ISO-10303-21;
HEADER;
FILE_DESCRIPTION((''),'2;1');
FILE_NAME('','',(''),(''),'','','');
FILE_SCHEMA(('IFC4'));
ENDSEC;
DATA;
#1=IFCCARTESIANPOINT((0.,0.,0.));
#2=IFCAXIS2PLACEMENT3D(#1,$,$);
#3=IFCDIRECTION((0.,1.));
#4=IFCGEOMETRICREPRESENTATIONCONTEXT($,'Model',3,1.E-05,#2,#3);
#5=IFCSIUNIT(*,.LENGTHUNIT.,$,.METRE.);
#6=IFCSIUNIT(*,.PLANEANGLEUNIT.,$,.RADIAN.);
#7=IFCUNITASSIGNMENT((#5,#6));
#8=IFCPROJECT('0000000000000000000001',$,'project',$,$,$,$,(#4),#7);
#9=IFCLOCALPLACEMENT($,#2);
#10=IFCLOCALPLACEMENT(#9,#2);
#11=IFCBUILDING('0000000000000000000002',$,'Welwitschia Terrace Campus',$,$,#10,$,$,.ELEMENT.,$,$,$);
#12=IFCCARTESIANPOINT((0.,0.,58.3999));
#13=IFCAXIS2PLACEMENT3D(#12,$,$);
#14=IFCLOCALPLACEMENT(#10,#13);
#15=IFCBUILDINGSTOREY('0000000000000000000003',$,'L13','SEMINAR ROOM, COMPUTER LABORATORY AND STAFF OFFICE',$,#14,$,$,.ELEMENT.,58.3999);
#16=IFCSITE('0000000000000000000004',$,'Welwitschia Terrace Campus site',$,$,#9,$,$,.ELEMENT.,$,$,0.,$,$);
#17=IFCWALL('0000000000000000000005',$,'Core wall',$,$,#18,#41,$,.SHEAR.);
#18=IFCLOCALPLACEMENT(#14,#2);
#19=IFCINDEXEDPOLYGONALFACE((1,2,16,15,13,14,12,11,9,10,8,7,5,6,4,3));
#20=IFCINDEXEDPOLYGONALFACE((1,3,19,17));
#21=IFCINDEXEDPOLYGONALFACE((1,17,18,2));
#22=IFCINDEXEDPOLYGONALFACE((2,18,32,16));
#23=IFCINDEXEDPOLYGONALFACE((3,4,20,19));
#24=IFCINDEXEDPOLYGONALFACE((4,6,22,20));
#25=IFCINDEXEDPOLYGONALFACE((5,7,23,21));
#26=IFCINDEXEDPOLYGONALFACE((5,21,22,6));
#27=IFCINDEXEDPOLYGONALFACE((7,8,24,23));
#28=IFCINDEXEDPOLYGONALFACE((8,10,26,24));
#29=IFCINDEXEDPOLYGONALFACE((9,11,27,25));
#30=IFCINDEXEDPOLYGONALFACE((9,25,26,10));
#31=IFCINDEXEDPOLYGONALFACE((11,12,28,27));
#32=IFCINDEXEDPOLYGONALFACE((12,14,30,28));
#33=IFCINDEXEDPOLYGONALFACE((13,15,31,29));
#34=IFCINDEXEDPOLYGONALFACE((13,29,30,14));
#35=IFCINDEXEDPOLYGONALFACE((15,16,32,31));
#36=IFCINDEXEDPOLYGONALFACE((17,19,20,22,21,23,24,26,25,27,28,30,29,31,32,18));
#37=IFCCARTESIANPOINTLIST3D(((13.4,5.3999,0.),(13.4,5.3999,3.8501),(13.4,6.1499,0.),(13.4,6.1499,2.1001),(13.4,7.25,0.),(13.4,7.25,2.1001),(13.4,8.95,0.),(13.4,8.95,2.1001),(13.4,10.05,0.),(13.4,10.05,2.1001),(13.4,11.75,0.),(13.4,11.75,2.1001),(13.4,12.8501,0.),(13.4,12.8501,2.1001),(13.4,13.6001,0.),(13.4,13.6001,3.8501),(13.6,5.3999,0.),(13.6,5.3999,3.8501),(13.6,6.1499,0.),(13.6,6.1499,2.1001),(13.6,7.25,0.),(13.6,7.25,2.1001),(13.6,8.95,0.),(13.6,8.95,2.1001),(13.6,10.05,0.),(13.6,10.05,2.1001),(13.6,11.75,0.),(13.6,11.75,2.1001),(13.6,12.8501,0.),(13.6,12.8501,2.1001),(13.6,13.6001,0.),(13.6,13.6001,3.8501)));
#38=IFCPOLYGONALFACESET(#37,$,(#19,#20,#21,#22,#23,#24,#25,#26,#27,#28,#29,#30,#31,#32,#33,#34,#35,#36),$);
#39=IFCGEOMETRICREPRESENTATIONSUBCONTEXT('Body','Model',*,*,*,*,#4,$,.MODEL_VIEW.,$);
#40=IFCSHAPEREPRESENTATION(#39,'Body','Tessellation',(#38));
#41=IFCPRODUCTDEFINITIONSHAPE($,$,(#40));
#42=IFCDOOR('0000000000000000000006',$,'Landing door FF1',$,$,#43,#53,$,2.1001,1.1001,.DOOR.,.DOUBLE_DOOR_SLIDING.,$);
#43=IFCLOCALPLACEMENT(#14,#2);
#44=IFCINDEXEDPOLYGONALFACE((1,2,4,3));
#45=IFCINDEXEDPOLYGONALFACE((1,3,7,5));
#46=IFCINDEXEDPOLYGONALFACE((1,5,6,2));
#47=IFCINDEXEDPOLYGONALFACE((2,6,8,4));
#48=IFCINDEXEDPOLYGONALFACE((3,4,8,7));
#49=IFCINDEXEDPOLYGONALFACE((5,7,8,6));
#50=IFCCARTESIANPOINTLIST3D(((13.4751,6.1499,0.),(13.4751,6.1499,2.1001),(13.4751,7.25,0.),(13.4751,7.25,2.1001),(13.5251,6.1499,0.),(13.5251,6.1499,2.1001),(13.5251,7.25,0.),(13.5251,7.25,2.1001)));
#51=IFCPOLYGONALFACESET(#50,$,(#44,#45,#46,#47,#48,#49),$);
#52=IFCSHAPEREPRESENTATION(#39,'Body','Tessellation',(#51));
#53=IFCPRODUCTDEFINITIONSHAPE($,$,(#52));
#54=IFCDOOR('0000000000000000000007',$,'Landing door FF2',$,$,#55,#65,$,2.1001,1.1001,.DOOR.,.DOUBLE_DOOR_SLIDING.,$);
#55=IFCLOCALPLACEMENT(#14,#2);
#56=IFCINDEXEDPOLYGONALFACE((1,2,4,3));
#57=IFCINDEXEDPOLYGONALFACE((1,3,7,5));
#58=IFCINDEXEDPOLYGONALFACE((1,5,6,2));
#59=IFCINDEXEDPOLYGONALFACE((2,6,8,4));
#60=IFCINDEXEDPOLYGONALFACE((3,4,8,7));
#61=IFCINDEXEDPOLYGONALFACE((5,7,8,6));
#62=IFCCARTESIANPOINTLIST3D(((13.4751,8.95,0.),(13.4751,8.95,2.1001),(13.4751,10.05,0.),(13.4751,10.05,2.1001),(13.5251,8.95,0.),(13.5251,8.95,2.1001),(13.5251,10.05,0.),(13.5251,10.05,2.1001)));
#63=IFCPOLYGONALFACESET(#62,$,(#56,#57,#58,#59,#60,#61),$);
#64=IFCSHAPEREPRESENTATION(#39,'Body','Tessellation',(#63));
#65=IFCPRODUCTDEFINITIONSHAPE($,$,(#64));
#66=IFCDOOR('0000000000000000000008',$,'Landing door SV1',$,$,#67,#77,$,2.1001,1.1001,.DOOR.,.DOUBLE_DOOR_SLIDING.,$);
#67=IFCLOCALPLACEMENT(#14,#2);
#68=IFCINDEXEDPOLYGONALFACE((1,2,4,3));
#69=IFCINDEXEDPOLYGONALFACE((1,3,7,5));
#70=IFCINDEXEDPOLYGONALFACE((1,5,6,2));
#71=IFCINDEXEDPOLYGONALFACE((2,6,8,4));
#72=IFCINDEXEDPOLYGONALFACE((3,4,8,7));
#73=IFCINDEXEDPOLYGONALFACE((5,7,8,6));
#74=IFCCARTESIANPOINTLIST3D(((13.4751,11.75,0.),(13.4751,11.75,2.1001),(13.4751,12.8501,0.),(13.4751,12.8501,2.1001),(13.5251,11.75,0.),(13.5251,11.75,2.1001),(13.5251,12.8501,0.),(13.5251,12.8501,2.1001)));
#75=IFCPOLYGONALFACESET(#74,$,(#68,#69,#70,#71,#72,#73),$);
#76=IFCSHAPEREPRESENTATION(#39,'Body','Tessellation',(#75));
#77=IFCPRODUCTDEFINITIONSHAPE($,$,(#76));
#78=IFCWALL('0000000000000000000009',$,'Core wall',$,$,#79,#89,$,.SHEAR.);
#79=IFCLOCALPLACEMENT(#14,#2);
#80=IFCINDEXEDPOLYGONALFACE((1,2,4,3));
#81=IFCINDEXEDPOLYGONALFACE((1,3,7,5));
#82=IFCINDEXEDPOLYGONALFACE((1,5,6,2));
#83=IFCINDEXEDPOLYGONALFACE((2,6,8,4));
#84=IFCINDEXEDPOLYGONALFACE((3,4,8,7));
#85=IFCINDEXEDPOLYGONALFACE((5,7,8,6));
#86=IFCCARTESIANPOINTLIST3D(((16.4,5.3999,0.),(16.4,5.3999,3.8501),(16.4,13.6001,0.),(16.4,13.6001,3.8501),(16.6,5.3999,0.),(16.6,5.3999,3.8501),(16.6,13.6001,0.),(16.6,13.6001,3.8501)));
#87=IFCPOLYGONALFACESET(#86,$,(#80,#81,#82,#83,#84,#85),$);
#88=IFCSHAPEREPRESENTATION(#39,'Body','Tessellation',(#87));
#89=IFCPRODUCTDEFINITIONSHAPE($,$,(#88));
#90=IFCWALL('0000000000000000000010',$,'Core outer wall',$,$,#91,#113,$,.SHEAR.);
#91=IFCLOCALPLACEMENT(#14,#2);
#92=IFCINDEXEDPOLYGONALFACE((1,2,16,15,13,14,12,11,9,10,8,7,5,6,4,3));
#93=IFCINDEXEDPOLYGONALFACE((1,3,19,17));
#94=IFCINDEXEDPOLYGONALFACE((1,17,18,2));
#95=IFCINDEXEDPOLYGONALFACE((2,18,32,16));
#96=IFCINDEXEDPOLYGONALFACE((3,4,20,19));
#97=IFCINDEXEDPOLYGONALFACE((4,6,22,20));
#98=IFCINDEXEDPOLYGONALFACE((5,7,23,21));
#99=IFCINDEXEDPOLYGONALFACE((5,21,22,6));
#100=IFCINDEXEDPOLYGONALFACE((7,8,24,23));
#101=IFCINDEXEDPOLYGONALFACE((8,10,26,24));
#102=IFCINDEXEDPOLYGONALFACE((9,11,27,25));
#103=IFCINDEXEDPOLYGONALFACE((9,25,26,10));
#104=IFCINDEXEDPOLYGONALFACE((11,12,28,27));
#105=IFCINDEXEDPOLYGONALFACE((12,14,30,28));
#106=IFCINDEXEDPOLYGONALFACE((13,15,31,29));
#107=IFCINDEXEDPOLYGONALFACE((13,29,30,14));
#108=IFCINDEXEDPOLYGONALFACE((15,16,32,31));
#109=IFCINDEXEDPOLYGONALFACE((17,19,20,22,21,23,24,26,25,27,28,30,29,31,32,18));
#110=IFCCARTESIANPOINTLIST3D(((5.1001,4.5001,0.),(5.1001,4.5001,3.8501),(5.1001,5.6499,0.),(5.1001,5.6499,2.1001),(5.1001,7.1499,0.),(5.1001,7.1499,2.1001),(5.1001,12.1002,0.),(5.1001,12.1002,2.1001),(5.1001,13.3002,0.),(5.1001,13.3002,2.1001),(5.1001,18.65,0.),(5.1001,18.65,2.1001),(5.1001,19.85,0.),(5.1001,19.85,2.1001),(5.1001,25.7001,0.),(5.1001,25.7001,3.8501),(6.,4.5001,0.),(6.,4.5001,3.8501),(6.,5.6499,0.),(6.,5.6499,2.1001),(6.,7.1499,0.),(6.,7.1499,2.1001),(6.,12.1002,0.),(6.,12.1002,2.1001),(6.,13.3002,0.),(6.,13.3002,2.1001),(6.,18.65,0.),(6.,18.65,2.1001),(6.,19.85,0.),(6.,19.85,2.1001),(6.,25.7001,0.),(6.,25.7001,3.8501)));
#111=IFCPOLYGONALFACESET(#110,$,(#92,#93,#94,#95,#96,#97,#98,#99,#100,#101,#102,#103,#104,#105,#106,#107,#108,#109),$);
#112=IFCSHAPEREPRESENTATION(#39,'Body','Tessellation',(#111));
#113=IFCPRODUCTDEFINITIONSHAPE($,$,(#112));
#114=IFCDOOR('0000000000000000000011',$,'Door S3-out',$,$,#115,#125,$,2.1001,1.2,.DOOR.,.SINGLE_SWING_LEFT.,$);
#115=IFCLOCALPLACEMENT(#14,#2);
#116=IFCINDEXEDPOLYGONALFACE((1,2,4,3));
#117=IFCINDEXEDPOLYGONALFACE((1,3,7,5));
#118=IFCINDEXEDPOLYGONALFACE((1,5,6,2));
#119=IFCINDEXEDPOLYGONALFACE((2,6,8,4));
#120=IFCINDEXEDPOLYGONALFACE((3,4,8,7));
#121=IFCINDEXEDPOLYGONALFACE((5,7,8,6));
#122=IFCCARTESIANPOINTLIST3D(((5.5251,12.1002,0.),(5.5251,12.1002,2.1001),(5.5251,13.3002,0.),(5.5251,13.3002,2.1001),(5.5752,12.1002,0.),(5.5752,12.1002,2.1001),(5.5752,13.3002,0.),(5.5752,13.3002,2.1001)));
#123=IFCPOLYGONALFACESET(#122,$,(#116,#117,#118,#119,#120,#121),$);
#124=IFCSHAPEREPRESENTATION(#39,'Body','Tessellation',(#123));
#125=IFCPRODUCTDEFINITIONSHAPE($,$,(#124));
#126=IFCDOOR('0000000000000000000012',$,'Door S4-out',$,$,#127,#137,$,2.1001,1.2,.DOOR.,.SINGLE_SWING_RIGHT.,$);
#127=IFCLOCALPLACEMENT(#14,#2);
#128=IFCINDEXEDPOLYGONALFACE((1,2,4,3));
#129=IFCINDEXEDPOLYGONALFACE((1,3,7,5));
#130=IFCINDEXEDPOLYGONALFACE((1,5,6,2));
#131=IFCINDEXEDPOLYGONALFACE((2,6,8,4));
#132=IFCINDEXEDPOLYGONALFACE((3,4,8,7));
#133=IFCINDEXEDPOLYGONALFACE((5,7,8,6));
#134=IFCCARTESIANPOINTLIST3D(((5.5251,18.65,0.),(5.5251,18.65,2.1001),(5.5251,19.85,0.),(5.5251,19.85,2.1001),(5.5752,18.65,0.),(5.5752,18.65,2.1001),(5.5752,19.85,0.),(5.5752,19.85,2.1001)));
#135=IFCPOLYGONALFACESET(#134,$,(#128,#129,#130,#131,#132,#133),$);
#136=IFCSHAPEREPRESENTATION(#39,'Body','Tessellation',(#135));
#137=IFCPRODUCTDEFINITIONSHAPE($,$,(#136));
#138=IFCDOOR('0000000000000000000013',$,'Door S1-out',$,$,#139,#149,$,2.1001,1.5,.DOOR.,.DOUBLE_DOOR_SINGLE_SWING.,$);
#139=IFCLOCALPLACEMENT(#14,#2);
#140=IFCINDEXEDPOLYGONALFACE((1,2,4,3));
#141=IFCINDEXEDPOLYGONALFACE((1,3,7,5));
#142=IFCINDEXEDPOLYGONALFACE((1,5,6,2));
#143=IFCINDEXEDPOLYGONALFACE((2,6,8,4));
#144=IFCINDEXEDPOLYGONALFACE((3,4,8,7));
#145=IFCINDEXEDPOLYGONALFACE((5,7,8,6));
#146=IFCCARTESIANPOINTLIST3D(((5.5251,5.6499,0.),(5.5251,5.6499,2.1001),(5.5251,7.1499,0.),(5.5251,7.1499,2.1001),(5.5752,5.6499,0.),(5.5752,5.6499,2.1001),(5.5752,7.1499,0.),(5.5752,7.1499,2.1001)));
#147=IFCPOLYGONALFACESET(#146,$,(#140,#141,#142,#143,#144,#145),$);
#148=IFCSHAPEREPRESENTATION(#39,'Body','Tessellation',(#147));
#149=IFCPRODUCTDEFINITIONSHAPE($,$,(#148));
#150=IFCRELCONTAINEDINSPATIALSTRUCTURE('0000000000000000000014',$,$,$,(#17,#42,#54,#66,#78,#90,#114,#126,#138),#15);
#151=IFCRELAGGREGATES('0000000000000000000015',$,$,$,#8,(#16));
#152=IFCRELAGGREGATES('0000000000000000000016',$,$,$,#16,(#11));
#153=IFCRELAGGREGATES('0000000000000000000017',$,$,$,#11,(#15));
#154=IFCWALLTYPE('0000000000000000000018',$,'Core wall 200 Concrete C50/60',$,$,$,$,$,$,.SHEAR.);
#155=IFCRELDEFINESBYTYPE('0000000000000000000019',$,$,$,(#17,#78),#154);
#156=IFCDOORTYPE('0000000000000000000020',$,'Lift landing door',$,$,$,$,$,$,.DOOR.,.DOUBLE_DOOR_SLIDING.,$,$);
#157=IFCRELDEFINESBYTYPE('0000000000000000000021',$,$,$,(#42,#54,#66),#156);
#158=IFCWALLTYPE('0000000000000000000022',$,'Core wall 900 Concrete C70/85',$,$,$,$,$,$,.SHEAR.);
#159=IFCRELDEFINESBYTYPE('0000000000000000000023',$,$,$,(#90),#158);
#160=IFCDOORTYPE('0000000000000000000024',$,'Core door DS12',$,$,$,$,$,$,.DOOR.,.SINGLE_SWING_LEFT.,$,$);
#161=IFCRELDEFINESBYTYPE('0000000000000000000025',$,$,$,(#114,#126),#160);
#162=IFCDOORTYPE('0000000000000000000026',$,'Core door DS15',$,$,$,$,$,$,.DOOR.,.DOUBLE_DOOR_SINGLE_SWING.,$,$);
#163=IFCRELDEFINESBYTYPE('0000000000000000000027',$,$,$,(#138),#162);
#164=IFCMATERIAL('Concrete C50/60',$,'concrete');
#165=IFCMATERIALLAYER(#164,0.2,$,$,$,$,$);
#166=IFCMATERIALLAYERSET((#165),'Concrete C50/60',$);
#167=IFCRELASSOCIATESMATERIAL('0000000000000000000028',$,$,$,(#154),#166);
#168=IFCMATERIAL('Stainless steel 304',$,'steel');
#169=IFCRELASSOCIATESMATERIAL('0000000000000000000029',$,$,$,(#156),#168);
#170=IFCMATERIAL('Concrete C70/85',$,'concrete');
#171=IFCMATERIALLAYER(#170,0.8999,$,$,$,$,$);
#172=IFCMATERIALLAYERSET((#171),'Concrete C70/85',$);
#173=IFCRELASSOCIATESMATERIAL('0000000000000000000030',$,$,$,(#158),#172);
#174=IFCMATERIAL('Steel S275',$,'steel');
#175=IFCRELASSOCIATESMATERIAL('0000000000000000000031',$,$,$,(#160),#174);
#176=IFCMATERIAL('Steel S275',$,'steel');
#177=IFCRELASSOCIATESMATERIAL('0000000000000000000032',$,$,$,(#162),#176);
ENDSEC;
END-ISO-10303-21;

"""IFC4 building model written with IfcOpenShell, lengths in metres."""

from ifc_helpers import new_model, si_unit, direction, frame, frame_2d, origin, place, context, subcontext, project, spatial, rectangle, extrude, material, layer, layer_set, type_object, element, fill, save


model = new_model("IFC4")

# Units and contexts
model_context = context("Model", 3, precision=1e-05, world=origin(), true_north=direction((0.0, 1.0)))
body_context = subcontext(model_context, "Body", "Model", "MODEL_VIEW")
ifc_project = project(units=[si_unit("LENGTHUNIT", "METRE"), si_unit("PLANEANGLEUNIT", "RADIAN")], contexts=[model_context])

# Site, building, storey
site_placement = place(None, origin())
site = spatial("IfcSite", under=ifc_project, at=site_placement, Name="Welwitschia Terrace Campus site", CompositionType="ELEMENT", RefElevation=0.0)
building_placement = place(site_placement, origin())
building = spatial("IfcBuilding", under=site, at=building_placement, Name="Welwitschia Terrace Campus", CompositionType="ELEMENT")
storey_placement = place(building_placement, frame((0.0, 0.0, 58.3999)))
storey = spatial("IfcBuildingStorey", under=building, at=storey_placement, Name="L13", Description="SEMINAR ROOM, COMPUTER LABORATORY AND STAFF OFFICE", CompositionType="ELEMENT", Elevation=58.3999)

# Wall, openings, doors
ifc_material_1 = material(Name="Concrete C50/60", Category="concrete")
ifc_layer_1 = layer(ifc_material_1, 0.2)
ifc_layer_set_1 = layer_set([ifc_layer_1], Name="Concrete C50/60")
wall_type_1 = type_object("IfcWallType", Name="Core wall 200 Concrete C50/60", PredefinedType="SHEAR", material=ifc_layer_set_1)
wall_1_placement = place(storey_placement, frame((13.5, 5.3999, 0.0), z_axis=(0.0, 0.0, 1.0), x_axis=(0.0, 1.0, 0.0)))
wall_1 = element("IfcWall", 1, at=wall_1_placement, inside=storey, type_object=wall_type_1, Name="Core wall", PredefinedType="SHEAR", context=body_context, shape_type="SweptSolid", body=[
    extrude(rectangle(XDim=8.2002, YDim=0.2, at=frame_2d((4.1001, 0.0))), origin(), (0.0, 0.0, 1.0), 3.8501),
])
opening_1_placement = place(wall_1_placement, frame((0.75, 0.0, 0.0)))
opening_1 = element("IfcOpeningElement", 2, at=opening_1_placement, cuts=wall_1, PredefinedType="OPENING", context=body_context, shape_type="SweptSolid", body=[
    extrude(rectangle(XDim=1.1001, YDim=2.1001, at=frame_2d((0.55, 1.05))), frame((0.0, 0.1099, 0.0), z_axis=(0.0, -1.0, 0.0), x_axis=(1.0, 0.0, 0.0)), (0.0, 0.0, 1.0), 0.22),
])
opening_2_placement = place(wall_1_placement, frame((3.55, 0.0, 0.0)))
opening_2 = element("IfcOpeningElement", 3, at=opening_2_placement, cuts=wall_1, PredefinedType="OPENING", context=body_context, shape_type="SweptSolid", body=[
    extrude(rectangle(XDim=1.1001, YDim=2.1001, at=frame_2d((0.55, 1.05))), frame((0.0, 0.1099, 0.0), z_axis=(0.0, -1.0, 0.0), x_axis=(1.0, 0.0, 0.0)), (0.0, 0.0, 1.0), 0.22),
])
opening_3_placement = place(wall_1_placement, frame((6.3501, 0.0, 0.0)))
opening_3 = element("IfcOpeningElement", 4, at=opening_3_placement, cuts=wall_1, PredefinedType="OPENING", context=body_context, shape_type="SweptSolid", body=[
    extrude(rectangle(XDim=1.1001, YDim=2.1001, at=frame_2d((0.55, 1.05))), frame((0.0, 0.1099, 0.0), z_axis=(0.0, -1.0, 0.0), x_axis=(1.0, 0.0, 0.0)), (0.0, 0.0, 1.0), 0.22),
])
ifc_material_2 = material(Name="Stainless steel 304", Category="steel")
door_type_1 = type_object("IfcDoorType", Name="Lift landing door", OperationType="DOUBLE_DOOR_SLIDING", PredefinedType="DOOR", material=ifc_material_2)
door_1_placement = place(opening_1_placement, origin())
door_1 = element("IfcDoor", 5, at=door_1_placement, inside=storey, type_object=door_type_1, Name="Landing door FF1", OperationType="DOUBLE_DOOR_SLIDING", OverallHeight=2.1001, OverallWidth=1.1001, PredefinedType="DOOR", context=body_context, shape_type="SweptSolid", body=[
    extrude(rectangle(XDim=1.1001, YDim=2.1001, at=frame_2d((0.55, 1.05))), frame((0.0, 0.0249, 0.0), z_axis=(0.0, -1.0, 0.0), x_axis=(1.0, 0.0, 0.0)), (0.0, 0.0, 1.0), 0.05),
])
fill(opening_1, door_1)
door_2_placement = place(opening_2_placement, origin())
door_2 = element("IfcDoor", 6, at=door_2_placement, inside=storey, type_object=door_type_1, Name="Landing door FF2", OperationType="DOUBLE_DOOR_SLIDING", OverallHeight=2.1001, OverallWidth=1.1001, PredefinedType="DOOR", context=body_context, shape_type="SweptSolid", body=[
    extrude(rectangle(XDim=1.1001, YDim=2.1001, at=frame_2d((0.55, 1.05))), frame((0.0, 0.0249, 0.0), z_axis=(0.0, -1.0, 0.0), x_axis=(1.0, 0.0, 0.0)), (0.0, 0.0, 1.0), 0.05),
])
fill(opening_2, door_2)
door_3_placement = place(opening_3_placement, origin())
door_3 = element("IfcDoor", 7, at=door_3_placement, inside=storey, type_object=door_type_1, Name="Landing door SV1", OperationType="DOUBLE_DOOR_SLIDING", OverallHeight=2.1001, OverallWidth=1.1001, PredefinedType="DOOR", context=body_context, shape_type="SweptSolid", body=[
    extrude(rectangle(XDim=1.1001, YDim=2.1001, at=frame_2d((0.55, 1.05))), frame((0.0, 0.0249, 0.0), z_axis=(0.0, -1.0, 0.0), x_axis=(1.0, 0.0, 0.0)), (0.0, 0.0, 1.0), 0.05),
])
fill(opening_3, door_3)

# Wall
wall_2_placement = place(storey_placement, frame((16.5, 5.3999, 0.0), z_axis=(0.0, 0.0, 1.0), x_axis=(0.0, 1.0, 0.0)))
element("IfcWall", 8, at=wall_2_placement, inside=storey, type_object=wall_type_1, Name="Core wall", PredefinedType="SHEAR", context=body_context, shape_type="SweptSolid", body=[
    extrude(rectangle(XDim=8.2002, YDim=0.2, at=frame_2d((4.1001, 0.0))), origin(), (0.0, 0.0, 1.0), 3.8501),
])

# Wall, openings, doors
ifc_material_3 = material(Name="Concrete C70/85", Category="concrete")
ifc_layer_2 = layer(ifc_material_3, 0.8999)
ifc_layer_set_2 = layer_set([ifc_layer_2], Name="Concrete C70/85")
wall_type_2 = type_object("IfcWallType", Name="Core wall 900 Concrete C70/85", PredefinedType="SHEAR", material=ifc_layer_set_2)
wall_3_placement = place(storey_placement, frame((5.55, 4.5, 0.0), z_axis=(0.0, 0.0, 1.0), x_axis=(0.0, 1.0, 0.0)))
wall_3 = element("IfcWall", 9, at=wall_3_placement, inside=storey, type_object=wall_type_2, Name="Core outer wall", PredefinedType="SHEAR", context=body_context, shape_type="SweptSolid", body=[
    extrude(rectangle(XDim=21.2, YDim=0.8999, at=frame_2d((10.6001, 0.0))), origin(), (0.0, 0.0, 1.0), 3.8501),
])
opening_4_placement = place(wall_3_placement, frame((1.1499, 0.0, 0.0)))
opening_4 = element("IfcOpeningElement", 10, at=opening_4_placement, cuts=wall_3, PredefinedType="OPENING", context=body_context, shape_type="SweptSolid", body=[
    extrude(rectangle(XDim=1.5, YDim=2.1001, at=frame_2d((0.75, 1.05))), frame((0.0, 0.46, 0.0), z_axis=(0.0, -1.0, 0.0), x_axis=(1.0, 0.0, 0.0)), (0.0, 0.0, 1.0), 0.9199),
])
opening_5_placement = place(wall_3_placement, frame((7.6001, 0.0, 0.0)))
opening_5 = element("IfcOpeningElement", 11, at=opening_5_placement, cuts=wall_3, PredefinedType="OPENING", context=body_context, shape_type="SweptSolid", body=[
    extrude(rectangle(XDim=1.2, YDim=2.1001, at=frame_2d((0.6001, 1.05))), frame((0.0, 0.46, 0.0), z_axis=(0.0, -1.0, 0.0), x_axis=(1.0, 0.0, 0.0)), (0.0, 0.0, 1.0), 0.9199),
])
opening_6_placement = place(wall_3_placement, frame((14.1499, 0.0, 0.0)))
opening_6 = element("IfcOpeningElement", 12, at=opening_6_placement, cuts=wall_3, PredefinedType="OPENING", context=body_context, shape_type="SweptSolid", body=[
    extrude(rectangle(XDim=1.2, YDim=2.1001, at=frame_2d((0.6001, 1.05))), frame((0.0, 0.46, 0.0), z_axis=(0.0, -1.0, 0.0), x_axis=(1.0, 0.0, 0.0)), (0.0, 0.0, 1.0), 0.9199),
])
ifc_material_4 = material(Name="Steel S275", Category="steel")
door_type_2 = type_object("IfcDoorType", Name="Core door DS12", OperationType="SINGLE_SWING_LEFT", PredefinedType="DOOR", material=ifc_material_4)
door_4_placement = place(opening_5_placement, origin())
door_4 = element("IfcDoor", 13, at=door_4_placement, inside=storey, type_object=door_type_2, Name="Door S3-out", OperationType="SINGLE_SWING_LEFT", OverallHeight=2.1001, OverallWidth=1.2, PredefinedType="DOOR", context=body_context, shape_type="SweptSolid", body=[
    extrude(rectangle(XDim=1.2, YDim=2.1001, at=frame_2d((0.6001, 1.05))), frame((0.0, 0.0249, 0.0), z_axis=(0.0, -1.0, 0.0), x_axis=(1.0, 0.0, 0.0)), (0.0, 0.0, 1.0), 0.05),
])
fill(opening_5, door_4)
door_5_placement = place(opening_6_placement, origin())
door_5 = element("IfcDoor", 14, at=door_5_placement, inside=storey, type_object=door_type_2, Name="Door S4-out", OperationType="SINGLE_SWING_RIGHT", OverallHeight=2.1001, OverallWidth=1.2, PredefinedType="DOOR", context=body_context, shape_type="SweptSolid", body=[
    extrude(rectangle(XDim=1.2, YDim=2.1001, at=frame_2d((0.6001, 1.05))), frame((0.0, 0.0249, 0.0), z_axis=(0.0, -1.0, 0.0), x_axis=(1.0, 0.0, 0.0)), (0.0, 0.0, 1.0), 0.05),
])
fill(opening_6, door_5)
ifc_material_5 = material(Name="Steel S275", Category="steel")
door_type_3 = type_object("IfcDoorType", Name="Core door DS15", OperationType="DOUBLE_DOOR_SINGLE_SWING", PredefinedType="DOOR", material=ifc_material_5)
door_6_placement = place(opening_4_placement, origin())
door_6 = element("IfcDoor", 15, at=door_6_placement, inside=storey, type_object=door_type_3, Name="Door S1-out", OperationType="DOUBLE_DOOR_SINGLE_SWING", OverallHeight=2.1001, OverallWidth=1.5, PredefinedType="DOOR", context=body_context, shape_type="SweptSolid", body=[
    extrude(rectangle(XDim=1.5, YDim=2.1001, at=frame_2d((0.75, 1.05))), frame((0.0, 0.0249, 0.0), z_axis=(0.0, -1.0, 0.0), x_axis=(1.0, 0.0, 0.0)), (0.0, 0.0, 1.0), 0.05),
])
fill(opening_4, door_6)

save(model, "model.ifc")
